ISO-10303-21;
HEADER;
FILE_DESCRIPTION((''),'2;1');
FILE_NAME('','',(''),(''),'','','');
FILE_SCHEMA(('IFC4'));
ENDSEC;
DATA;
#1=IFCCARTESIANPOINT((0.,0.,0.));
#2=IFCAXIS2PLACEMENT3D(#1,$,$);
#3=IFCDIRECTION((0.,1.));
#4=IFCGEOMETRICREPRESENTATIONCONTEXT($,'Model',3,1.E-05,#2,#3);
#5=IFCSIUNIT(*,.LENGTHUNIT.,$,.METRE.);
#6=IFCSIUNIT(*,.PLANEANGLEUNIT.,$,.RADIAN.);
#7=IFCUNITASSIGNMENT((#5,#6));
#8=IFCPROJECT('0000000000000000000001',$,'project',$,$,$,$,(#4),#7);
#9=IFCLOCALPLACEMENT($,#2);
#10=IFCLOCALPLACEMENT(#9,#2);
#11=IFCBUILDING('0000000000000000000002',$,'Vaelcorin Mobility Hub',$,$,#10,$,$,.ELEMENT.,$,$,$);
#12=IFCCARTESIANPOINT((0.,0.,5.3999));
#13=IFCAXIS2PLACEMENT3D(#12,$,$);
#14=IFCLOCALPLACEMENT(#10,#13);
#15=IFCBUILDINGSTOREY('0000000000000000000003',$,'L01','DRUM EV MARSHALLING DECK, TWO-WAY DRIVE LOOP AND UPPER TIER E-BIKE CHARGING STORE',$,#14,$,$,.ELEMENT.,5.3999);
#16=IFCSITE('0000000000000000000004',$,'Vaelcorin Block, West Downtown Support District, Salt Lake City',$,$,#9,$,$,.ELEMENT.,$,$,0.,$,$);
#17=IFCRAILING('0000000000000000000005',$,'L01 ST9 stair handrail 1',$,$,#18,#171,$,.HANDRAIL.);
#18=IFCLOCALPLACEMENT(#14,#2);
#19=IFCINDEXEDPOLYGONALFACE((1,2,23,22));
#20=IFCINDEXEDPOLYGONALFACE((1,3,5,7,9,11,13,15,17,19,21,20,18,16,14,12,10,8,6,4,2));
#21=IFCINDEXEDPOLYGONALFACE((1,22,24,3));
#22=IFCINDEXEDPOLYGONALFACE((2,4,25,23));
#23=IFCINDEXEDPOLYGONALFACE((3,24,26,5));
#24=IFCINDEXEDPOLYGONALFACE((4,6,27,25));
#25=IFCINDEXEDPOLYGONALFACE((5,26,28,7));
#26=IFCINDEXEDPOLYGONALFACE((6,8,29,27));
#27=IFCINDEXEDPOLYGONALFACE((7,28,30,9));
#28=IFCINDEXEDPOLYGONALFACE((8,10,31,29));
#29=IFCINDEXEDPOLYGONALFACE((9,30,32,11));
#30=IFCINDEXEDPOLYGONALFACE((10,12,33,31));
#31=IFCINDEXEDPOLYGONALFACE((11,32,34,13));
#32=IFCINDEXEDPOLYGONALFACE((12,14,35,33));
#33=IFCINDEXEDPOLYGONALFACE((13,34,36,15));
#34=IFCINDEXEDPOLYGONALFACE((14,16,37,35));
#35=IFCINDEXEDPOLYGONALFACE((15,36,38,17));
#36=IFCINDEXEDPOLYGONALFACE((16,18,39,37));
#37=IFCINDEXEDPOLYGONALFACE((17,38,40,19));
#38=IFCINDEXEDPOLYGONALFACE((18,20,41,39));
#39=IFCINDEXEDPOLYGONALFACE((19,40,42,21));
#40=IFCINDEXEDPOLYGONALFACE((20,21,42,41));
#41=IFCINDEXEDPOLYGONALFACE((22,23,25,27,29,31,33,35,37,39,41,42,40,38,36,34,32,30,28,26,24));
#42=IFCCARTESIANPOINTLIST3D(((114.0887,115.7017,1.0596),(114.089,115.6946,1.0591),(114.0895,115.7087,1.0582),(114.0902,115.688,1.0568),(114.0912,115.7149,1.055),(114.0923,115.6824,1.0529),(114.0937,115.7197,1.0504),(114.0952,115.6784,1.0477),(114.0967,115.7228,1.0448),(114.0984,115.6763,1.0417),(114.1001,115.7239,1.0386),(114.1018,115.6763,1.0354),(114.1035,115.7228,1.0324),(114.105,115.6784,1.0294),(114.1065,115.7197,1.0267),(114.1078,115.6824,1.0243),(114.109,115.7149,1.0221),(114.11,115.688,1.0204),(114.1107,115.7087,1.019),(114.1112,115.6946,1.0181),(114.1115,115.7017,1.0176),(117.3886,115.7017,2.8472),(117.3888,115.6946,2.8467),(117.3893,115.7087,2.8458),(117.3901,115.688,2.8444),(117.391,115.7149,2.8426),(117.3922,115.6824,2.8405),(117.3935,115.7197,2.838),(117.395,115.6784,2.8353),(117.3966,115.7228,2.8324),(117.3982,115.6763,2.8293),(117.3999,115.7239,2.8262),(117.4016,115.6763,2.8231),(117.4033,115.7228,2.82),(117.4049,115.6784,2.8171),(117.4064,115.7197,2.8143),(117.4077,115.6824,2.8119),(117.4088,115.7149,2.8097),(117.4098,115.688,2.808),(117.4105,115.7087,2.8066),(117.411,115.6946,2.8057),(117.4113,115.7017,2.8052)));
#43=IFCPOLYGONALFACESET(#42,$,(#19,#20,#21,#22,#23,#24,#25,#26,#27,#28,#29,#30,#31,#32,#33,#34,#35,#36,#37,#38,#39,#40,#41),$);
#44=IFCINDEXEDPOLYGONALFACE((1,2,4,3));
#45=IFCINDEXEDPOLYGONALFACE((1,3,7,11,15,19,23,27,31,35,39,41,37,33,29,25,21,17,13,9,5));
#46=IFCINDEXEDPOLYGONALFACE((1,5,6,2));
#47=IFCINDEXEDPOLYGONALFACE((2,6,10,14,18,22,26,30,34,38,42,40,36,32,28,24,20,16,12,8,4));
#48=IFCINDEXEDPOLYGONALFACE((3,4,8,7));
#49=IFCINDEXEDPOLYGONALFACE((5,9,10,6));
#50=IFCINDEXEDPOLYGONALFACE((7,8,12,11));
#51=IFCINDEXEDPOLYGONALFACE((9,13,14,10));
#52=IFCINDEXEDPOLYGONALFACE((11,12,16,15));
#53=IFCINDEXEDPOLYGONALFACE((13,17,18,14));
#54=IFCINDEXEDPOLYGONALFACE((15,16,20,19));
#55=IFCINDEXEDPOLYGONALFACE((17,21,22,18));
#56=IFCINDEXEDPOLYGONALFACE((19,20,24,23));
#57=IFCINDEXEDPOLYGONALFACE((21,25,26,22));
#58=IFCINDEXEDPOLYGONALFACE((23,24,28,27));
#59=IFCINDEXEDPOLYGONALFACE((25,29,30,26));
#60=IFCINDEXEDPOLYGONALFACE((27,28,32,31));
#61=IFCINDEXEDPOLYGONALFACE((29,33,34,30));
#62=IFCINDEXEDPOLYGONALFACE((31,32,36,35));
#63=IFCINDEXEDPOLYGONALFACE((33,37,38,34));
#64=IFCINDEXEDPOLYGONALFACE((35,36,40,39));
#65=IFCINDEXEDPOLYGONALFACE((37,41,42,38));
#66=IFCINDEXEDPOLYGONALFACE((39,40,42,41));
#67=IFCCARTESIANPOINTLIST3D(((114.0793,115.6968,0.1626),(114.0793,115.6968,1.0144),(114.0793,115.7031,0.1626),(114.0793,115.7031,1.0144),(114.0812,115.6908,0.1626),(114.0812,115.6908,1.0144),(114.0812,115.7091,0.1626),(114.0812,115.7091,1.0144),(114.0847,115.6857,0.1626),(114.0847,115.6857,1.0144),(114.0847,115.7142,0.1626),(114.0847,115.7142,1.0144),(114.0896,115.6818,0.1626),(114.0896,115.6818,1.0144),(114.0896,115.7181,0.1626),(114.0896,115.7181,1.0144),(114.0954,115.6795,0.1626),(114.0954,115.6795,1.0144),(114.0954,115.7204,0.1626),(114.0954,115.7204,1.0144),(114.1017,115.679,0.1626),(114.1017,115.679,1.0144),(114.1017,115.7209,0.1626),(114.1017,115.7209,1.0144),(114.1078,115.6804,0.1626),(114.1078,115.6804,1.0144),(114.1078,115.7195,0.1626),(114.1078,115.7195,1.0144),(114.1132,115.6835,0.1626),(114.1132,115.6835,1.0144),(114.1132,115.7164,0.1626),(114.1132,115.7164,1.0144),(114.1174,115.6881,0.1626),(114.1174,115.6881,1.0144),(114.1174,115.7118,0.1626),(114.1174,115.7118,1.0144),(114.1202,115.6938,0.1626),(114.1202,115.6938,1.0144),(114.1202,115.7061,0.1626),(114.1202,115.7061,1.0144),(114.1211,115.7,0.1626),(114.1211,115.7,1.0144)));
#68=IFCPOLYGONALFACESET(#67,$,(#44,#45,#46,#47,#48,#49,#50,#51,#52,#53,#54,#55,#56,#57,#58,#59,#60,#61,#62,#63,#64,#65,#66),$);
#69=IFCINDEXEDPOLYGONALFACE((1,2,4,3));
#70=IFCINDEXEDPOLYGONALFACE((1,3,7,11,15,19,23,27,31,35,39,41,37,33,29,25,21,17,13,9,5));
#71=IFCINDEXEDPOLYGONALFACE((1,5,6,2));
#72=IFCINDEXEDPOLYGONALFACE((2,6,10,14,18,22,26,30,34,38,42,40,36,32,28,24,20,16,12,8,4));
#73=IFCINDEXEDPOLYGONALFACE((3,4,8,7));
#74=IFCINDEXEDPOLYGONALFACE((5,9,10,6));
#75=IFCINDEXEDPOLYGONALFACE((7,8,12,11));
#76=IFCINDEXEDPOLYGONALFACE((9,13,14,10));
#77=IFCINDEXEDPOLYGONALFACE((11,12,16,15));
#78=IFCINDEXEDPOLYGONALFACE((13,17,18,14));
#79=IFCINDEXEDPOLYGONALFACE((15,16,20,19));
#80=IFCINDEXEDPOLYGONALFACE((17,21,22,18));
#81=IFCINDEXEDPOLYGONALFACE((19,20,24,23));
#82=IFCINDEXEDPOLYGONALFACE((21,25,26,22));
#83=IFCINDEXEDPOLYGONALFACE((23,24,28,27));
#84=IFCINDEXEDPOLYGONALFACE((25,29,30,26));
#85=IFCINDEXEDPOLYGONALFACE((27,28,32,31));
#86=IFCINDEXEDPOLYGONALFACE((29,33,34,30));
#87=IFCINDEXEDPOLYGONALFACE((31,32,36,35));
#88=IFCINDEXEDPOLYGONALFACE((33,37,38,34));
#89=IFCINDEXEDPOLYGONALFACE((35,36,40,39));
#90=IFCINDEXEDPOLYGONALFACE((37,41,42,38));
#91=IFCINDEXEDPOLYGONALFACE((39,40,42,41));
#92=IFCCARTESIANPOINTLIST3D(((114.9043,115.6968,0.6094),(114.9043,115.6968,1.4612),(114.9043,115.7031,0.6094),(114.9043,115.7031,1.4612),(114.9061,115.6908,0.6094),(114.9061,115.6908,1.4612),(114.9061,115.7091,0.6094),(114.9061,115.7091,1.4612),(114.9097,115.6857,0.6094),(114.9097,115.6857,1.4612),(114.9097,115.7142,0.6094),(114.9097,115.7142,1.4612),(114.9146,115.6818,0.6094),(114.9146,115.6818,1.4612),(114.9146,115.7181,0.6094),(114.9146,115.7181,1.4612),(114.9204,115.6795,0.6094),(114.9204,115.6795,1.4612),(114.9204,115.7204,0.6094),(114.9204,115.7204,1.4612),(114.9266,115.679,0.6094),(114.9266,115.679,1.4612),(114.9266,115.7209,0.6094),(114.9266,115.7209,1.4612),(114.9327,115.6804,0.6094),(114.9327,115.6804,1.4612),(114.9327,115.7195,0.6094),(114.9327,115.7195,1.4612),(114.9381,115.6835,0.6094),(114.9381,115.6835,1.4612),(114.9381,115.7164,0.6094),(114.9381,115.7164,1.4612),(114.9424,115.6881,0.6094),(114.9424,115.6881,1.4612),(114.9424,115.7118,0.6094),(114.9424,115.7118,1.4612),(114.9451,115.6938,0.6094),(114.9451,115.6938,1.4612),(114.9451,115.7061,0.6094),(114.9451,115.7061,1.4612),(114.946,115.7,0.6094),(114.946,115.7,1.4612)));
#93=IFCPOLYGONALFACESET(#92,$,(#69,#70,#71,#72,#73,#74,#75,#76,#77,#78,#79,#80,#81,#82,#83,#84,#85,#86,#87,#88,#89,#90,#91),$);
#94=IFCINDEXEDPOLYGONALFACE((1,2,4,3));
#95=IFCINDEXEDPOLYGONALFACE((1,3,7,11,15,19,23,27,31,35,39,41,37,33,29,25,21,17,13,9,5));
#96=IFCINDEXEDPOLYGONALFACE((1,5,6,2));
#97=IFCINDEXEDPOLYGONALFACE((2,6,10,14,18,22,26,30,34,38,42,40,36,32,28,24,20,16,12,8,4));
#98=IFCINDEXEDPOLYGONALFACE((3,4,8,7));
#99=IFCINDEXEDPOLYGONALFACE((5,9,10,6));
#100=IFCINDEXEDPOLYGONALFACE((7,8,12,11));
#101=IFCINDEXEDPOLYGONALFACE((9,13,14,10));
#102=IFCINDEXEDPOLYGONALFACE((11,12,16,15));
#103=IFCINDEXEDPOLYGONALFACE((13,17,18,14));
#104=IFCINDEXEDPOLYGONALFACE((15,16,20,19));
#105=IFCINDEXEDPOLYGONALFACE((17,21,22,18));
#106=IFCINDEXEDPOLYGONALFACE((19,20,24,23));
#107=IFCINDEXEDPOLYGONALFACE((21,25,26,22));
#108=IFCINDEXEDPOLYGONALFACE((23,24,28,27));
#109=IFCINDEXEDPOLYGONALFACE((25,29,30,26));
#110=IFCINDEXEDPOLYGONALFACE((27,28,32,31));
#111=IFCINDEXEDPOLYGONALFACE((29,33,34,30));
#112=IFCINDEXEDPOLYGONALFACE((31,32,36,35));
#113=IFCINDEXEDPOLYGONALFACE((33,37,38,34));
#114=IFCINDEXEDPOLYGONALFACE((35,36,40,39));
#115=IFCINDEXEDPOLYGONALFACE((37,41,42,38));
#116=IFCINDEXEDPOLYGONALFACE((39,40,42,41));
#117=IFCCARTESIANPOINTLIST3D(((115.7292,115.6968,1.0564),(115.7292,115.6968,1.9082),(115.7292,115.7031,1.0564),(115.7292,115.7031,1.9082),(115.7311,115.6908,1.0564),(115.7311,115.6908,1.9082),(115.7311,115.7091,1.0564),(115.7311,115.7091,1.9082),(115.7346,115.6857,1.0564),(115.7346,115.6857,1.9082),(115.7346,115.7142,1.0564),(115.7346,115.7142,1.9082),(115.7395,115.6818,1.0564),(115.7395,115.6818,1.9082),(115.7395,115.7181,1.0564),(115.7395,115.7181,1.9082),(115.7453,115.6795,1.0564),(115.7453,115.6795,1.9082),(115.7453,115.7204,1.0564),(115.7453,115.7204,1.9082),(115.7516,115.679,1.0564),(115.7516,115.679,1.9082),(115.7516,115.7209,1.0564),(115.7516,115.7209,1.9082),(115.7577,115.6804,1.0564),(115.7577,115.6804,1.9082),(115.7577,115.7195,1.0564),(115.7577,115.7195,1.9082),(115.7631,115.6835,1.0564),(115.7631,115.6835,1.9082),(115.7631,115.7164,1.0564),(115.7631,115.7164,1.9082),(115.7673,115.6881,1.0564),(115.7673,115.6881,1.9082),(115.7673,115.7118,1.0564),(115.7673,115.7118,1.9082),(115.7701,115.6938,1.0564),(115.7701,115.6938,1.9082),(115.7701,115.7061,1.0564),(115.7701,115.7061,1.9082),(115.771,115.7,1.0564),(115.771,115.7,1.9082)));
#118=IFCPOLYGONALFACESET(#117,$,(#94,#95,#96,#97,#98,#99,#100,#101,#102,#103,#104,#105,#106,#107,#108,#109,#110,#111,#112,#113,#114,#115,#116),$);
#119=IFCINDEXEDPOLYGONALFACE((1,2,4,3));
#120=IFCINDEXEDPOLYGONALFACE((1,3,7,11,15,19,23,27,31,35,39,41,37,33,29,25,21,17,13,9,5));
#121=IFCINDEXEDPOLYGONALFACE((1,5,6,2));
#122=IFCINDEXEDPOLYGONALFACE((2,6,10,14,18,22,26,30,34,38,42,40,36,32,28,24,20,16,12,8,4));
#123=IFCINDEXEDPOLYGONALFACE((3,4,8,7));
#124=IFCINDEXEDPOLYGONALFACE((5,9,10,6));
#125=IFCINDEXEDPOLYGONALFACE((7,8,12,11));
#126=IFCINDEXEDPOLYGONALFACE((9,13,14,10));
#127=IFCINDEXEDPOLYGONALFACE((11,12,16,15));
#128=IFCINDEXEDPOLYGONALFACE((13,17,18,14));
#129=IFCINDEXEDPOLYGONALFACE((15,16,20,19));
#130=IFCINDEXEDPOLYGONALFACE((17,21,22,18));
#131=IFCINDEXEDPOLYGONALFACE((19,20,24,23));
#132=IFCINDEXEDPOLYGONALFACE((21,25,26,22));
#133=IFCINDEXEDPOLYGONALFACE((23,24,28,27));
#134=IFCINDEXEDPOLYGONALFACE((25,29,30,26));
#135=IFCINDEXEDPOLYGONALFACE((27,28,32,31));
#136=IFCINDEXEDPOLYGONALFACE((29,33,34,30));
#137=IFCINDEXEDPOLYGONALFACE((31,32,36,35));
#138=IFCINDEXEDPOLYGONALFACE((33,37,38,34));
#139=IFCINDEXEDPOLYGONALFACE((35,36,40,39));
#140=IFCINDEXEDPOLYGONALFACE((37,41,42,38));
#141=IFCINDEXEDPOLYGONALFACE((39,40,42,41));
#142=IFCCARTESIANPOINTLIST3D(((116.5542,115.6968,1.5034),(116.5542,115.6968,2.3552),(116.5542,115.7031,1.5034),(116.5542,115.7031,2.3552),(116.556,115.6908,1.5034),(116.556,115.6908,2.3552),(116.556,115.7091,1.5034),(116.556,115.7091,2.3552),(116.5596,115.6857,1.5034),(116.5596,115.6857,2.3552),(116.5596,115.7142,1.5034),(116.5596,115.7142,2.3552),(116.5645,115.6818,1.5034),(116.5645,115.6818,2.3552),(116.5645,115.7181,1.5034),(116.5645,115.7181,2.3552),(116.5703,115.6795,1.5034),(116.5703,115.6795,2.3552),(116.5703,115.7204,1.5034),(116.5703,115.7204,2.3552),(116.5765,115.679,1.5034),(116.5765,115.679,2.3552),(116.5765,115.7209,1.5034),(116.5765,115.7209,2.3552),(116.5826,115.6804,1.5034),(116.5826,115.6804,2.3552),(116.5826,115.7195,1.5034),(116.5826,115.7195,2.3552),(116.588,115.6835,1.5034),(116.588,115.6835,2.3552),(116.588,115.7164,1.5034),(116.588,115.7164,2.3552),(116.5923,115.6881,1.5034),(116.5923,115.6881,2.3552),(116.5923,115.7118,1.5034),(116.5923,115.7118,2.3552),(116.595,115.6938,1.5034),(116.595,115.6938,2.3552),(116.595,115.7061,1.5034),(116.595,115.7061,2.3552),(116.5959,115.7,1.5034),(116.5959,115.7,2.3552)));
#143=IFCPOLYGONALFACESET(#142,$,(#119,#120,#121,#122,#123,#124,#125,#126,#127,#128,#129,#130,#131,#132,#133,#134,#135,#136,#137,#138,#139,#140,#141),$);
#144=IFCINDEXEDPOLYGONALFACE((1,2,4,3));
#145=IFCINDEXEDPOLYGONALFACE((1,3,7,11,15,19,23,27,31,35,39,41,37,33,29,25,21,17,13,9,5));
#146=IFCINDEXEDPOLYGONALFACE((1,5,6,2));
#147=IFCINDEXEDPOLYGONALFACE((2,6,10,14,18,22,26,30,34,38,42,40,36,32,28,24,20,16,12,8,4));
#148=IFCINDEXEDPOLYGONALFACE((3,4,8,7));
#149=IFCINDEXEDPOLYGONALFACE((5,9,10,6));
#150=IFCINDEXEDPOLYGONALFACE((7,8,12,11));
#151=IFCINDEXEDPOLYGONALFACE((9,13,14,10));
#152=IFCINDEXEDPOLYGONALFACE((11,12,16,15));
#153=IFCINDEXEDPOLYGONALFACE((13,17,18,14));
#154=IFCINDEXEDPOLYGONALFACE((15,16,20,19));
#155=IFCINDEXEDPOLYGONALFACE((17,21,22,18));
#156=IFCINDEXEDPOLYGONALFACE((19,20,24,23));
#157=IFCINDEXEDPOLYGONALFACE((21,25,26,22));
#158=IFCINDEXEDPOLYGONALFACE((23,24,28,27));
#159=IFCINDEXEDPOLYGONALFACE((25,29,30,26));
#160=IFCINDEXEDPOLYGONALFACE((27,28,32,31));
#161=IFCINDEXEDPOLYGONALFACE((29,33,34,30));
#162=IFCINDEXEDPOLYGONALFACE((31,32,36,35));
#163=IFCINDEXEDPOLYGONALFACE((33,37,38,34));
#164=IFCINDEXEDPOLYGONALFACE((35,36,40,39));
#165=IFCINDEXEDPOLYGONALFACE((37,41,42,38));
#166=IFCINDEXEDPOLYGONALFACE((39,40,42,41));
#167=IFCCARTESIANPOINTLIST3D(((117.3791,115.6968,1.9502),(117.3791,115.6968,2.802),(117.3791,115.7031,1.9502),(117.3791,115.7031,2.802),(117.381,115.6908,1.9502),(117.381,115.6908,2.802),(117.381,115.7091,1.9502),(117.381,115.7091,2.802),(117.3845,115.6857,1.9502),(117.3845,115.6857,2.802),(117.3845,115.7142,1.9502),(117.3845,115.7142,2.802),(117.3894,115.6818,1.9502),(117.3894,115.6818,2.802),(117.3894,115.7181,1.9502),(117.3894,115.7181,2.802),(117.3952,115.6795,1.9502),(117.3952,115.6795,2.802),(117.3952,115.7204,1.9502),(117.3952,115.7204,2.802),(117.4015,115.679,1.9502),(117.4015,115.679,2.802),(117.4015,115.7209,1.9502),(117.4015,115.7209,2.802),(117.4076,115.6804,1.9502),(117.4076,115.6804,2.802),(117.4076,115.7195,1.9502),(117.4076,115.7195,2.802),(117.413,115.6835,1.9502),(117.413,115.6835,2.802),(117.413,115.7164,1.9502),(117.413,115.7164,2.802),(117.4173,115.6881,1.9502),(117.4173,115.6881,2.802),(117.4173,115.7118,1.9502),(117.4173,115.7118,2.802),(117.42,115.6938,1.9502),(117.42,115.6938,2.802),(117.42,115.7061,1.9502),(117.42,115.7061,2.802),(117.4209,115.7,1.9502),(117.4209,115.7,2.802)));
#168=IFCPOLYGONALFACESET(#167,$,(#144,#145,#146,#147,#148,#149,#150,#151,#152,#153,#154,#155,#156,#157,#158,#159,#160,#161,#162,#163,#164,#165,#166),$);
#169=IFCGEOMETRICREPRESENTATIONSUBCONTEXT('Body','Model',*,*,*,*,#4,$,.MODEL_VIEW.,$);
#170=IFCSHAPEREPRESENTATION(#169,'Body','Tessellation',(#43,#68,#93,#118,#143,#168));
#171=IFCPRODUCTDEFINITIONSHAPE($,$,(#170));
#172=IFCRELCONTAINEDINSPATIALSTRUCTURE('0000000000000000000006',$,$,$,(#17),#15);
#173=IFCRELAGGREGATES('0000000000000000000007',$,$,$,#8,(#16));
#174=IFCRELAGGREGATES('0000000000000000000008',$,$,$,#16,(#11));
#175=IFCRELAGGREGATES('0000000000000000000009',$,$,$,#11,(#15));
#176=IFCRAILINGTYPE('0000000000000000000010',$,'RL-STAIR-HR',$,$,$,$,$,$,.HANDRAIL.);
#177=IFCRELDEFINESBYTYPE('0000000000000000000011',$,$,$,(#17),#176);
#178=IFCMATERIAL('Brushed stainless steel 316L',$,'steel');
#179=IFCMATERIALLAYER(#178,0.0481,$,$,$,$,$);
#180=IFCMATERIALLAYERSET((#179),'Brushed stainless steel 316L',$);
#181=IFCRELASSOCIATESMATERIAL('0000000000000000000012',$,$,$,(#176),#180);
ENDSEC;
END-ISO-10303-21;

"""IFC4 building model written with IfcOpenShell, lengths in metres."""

from ifc_helpers import new_model, si_unit, direction, frame, origin, origin_2d, place, context, subcontext, project, spatial, circle, extrude, material, layer, layer_set, type_object, element, save


model = new_model("IFC4")

# Units and contexts
model_context = context("Model", 3, precision=1e-05, world=origin(), true_north=direction((0.0, 1.0)))
body_context = subcontext(model_context, "Body", "Model", "MODEL_VIEW")
ifc_project = project(units=[si_unit("LENGTHUNIT", "METRE"), si_unit("PLANEANGLEUNIT", "RADIAN")], contexts=[model_context])

# Site, building, storey
site_placement = place(None, origin())
site = spatial("IfcSite", under=ifc_project, at=site_placement, Name="Vaelcorin Block, West Downtown Support District, Salt Lake City", CompositionType="ELEMENT", RefElevation=0.0)
building_placement = place(site_placement, origin())
building = spatial("IfcBuilding", under=site, at=building_placement, Name="Vaelcorin Mobility Hub", CompositionType="ELEMENT")
storey_placement = place(building_placement, frame((0.0, 0.0, 5.3999)))
storey = spatial("IfcBuildingStorey", under=building, at=storey_placement, Name="L01", Description="DRUM EV MARSHALLING DECK, TWO-WAY DRIVE LOOP AND UPPER TIER E-BIKE CHARGING STORE", CompositionType="ELEMENT", Elevation=5.3999)

# Railing
ifc_material_1 = material(Name="Brushed stainless steel 316L", Category="steel")
ifc_layer_1 = layer(ifc_material_1, 0.0481)
ifc_layer_set_1 = layer_set([ifc_layer_1], Name="Brushed stainless steel 316L")
railing_type_1 = type_object("IfcRailingType", Name="RL-STAIR-HR", PredefinedType="HANDRAIL", material=ifc_layer_set_1)
railing_1_placement = place(storey_placement, frame((114.1001, 115.7, 0.1626)))
element("IfcRailing", 1, at=railing_1_placement, inside=storey, type_object=railing_type_1, Name="L01 ST9 stair handrail 1", PredefinedType="HANDRAIL", context=body_context, shape_type="SweptSolid", body=[
    extrude(circle(Radius=0.0239, at=origin_2d()), frame((0.0, 0.0, 0.876), z_axis=(0.879269, 0.0, 0.476325), x_axis=(0.0, 1.0, 0.0)), (0.0, 0.0, 1.0), 3.7529),
    extrude(circle(Radius=0.021, at=origin_2d()), origin(), (0.0, 0.0, 1.0), 0.8518),
    extrude(circle(Radius=0.021, at=origin_2d()), frame((0.825, 0.0, 0.4468)), (0.0, 0.0, 1.0), 0.8518),
    extrude(circle(Radius=0.021, at=origin_2d()), frame((1.6499, 0.0, 0.8938)), (0.0, 0.0, 1.0), 0.8518),
    extrude(circle(Radius=0.021, at=origin_2d()), frame((2.4749, 0.0, 1.3408)), (0.0, 0.0, 1.0), 0.8518),
    extrude(circle(Radius=0.021, at=origin_2d()), frame((3.2998, 0.0, 1.7876)), (0.0, 0.0, 1.0), 0.8518),
])

save(model, "model.ifc")
